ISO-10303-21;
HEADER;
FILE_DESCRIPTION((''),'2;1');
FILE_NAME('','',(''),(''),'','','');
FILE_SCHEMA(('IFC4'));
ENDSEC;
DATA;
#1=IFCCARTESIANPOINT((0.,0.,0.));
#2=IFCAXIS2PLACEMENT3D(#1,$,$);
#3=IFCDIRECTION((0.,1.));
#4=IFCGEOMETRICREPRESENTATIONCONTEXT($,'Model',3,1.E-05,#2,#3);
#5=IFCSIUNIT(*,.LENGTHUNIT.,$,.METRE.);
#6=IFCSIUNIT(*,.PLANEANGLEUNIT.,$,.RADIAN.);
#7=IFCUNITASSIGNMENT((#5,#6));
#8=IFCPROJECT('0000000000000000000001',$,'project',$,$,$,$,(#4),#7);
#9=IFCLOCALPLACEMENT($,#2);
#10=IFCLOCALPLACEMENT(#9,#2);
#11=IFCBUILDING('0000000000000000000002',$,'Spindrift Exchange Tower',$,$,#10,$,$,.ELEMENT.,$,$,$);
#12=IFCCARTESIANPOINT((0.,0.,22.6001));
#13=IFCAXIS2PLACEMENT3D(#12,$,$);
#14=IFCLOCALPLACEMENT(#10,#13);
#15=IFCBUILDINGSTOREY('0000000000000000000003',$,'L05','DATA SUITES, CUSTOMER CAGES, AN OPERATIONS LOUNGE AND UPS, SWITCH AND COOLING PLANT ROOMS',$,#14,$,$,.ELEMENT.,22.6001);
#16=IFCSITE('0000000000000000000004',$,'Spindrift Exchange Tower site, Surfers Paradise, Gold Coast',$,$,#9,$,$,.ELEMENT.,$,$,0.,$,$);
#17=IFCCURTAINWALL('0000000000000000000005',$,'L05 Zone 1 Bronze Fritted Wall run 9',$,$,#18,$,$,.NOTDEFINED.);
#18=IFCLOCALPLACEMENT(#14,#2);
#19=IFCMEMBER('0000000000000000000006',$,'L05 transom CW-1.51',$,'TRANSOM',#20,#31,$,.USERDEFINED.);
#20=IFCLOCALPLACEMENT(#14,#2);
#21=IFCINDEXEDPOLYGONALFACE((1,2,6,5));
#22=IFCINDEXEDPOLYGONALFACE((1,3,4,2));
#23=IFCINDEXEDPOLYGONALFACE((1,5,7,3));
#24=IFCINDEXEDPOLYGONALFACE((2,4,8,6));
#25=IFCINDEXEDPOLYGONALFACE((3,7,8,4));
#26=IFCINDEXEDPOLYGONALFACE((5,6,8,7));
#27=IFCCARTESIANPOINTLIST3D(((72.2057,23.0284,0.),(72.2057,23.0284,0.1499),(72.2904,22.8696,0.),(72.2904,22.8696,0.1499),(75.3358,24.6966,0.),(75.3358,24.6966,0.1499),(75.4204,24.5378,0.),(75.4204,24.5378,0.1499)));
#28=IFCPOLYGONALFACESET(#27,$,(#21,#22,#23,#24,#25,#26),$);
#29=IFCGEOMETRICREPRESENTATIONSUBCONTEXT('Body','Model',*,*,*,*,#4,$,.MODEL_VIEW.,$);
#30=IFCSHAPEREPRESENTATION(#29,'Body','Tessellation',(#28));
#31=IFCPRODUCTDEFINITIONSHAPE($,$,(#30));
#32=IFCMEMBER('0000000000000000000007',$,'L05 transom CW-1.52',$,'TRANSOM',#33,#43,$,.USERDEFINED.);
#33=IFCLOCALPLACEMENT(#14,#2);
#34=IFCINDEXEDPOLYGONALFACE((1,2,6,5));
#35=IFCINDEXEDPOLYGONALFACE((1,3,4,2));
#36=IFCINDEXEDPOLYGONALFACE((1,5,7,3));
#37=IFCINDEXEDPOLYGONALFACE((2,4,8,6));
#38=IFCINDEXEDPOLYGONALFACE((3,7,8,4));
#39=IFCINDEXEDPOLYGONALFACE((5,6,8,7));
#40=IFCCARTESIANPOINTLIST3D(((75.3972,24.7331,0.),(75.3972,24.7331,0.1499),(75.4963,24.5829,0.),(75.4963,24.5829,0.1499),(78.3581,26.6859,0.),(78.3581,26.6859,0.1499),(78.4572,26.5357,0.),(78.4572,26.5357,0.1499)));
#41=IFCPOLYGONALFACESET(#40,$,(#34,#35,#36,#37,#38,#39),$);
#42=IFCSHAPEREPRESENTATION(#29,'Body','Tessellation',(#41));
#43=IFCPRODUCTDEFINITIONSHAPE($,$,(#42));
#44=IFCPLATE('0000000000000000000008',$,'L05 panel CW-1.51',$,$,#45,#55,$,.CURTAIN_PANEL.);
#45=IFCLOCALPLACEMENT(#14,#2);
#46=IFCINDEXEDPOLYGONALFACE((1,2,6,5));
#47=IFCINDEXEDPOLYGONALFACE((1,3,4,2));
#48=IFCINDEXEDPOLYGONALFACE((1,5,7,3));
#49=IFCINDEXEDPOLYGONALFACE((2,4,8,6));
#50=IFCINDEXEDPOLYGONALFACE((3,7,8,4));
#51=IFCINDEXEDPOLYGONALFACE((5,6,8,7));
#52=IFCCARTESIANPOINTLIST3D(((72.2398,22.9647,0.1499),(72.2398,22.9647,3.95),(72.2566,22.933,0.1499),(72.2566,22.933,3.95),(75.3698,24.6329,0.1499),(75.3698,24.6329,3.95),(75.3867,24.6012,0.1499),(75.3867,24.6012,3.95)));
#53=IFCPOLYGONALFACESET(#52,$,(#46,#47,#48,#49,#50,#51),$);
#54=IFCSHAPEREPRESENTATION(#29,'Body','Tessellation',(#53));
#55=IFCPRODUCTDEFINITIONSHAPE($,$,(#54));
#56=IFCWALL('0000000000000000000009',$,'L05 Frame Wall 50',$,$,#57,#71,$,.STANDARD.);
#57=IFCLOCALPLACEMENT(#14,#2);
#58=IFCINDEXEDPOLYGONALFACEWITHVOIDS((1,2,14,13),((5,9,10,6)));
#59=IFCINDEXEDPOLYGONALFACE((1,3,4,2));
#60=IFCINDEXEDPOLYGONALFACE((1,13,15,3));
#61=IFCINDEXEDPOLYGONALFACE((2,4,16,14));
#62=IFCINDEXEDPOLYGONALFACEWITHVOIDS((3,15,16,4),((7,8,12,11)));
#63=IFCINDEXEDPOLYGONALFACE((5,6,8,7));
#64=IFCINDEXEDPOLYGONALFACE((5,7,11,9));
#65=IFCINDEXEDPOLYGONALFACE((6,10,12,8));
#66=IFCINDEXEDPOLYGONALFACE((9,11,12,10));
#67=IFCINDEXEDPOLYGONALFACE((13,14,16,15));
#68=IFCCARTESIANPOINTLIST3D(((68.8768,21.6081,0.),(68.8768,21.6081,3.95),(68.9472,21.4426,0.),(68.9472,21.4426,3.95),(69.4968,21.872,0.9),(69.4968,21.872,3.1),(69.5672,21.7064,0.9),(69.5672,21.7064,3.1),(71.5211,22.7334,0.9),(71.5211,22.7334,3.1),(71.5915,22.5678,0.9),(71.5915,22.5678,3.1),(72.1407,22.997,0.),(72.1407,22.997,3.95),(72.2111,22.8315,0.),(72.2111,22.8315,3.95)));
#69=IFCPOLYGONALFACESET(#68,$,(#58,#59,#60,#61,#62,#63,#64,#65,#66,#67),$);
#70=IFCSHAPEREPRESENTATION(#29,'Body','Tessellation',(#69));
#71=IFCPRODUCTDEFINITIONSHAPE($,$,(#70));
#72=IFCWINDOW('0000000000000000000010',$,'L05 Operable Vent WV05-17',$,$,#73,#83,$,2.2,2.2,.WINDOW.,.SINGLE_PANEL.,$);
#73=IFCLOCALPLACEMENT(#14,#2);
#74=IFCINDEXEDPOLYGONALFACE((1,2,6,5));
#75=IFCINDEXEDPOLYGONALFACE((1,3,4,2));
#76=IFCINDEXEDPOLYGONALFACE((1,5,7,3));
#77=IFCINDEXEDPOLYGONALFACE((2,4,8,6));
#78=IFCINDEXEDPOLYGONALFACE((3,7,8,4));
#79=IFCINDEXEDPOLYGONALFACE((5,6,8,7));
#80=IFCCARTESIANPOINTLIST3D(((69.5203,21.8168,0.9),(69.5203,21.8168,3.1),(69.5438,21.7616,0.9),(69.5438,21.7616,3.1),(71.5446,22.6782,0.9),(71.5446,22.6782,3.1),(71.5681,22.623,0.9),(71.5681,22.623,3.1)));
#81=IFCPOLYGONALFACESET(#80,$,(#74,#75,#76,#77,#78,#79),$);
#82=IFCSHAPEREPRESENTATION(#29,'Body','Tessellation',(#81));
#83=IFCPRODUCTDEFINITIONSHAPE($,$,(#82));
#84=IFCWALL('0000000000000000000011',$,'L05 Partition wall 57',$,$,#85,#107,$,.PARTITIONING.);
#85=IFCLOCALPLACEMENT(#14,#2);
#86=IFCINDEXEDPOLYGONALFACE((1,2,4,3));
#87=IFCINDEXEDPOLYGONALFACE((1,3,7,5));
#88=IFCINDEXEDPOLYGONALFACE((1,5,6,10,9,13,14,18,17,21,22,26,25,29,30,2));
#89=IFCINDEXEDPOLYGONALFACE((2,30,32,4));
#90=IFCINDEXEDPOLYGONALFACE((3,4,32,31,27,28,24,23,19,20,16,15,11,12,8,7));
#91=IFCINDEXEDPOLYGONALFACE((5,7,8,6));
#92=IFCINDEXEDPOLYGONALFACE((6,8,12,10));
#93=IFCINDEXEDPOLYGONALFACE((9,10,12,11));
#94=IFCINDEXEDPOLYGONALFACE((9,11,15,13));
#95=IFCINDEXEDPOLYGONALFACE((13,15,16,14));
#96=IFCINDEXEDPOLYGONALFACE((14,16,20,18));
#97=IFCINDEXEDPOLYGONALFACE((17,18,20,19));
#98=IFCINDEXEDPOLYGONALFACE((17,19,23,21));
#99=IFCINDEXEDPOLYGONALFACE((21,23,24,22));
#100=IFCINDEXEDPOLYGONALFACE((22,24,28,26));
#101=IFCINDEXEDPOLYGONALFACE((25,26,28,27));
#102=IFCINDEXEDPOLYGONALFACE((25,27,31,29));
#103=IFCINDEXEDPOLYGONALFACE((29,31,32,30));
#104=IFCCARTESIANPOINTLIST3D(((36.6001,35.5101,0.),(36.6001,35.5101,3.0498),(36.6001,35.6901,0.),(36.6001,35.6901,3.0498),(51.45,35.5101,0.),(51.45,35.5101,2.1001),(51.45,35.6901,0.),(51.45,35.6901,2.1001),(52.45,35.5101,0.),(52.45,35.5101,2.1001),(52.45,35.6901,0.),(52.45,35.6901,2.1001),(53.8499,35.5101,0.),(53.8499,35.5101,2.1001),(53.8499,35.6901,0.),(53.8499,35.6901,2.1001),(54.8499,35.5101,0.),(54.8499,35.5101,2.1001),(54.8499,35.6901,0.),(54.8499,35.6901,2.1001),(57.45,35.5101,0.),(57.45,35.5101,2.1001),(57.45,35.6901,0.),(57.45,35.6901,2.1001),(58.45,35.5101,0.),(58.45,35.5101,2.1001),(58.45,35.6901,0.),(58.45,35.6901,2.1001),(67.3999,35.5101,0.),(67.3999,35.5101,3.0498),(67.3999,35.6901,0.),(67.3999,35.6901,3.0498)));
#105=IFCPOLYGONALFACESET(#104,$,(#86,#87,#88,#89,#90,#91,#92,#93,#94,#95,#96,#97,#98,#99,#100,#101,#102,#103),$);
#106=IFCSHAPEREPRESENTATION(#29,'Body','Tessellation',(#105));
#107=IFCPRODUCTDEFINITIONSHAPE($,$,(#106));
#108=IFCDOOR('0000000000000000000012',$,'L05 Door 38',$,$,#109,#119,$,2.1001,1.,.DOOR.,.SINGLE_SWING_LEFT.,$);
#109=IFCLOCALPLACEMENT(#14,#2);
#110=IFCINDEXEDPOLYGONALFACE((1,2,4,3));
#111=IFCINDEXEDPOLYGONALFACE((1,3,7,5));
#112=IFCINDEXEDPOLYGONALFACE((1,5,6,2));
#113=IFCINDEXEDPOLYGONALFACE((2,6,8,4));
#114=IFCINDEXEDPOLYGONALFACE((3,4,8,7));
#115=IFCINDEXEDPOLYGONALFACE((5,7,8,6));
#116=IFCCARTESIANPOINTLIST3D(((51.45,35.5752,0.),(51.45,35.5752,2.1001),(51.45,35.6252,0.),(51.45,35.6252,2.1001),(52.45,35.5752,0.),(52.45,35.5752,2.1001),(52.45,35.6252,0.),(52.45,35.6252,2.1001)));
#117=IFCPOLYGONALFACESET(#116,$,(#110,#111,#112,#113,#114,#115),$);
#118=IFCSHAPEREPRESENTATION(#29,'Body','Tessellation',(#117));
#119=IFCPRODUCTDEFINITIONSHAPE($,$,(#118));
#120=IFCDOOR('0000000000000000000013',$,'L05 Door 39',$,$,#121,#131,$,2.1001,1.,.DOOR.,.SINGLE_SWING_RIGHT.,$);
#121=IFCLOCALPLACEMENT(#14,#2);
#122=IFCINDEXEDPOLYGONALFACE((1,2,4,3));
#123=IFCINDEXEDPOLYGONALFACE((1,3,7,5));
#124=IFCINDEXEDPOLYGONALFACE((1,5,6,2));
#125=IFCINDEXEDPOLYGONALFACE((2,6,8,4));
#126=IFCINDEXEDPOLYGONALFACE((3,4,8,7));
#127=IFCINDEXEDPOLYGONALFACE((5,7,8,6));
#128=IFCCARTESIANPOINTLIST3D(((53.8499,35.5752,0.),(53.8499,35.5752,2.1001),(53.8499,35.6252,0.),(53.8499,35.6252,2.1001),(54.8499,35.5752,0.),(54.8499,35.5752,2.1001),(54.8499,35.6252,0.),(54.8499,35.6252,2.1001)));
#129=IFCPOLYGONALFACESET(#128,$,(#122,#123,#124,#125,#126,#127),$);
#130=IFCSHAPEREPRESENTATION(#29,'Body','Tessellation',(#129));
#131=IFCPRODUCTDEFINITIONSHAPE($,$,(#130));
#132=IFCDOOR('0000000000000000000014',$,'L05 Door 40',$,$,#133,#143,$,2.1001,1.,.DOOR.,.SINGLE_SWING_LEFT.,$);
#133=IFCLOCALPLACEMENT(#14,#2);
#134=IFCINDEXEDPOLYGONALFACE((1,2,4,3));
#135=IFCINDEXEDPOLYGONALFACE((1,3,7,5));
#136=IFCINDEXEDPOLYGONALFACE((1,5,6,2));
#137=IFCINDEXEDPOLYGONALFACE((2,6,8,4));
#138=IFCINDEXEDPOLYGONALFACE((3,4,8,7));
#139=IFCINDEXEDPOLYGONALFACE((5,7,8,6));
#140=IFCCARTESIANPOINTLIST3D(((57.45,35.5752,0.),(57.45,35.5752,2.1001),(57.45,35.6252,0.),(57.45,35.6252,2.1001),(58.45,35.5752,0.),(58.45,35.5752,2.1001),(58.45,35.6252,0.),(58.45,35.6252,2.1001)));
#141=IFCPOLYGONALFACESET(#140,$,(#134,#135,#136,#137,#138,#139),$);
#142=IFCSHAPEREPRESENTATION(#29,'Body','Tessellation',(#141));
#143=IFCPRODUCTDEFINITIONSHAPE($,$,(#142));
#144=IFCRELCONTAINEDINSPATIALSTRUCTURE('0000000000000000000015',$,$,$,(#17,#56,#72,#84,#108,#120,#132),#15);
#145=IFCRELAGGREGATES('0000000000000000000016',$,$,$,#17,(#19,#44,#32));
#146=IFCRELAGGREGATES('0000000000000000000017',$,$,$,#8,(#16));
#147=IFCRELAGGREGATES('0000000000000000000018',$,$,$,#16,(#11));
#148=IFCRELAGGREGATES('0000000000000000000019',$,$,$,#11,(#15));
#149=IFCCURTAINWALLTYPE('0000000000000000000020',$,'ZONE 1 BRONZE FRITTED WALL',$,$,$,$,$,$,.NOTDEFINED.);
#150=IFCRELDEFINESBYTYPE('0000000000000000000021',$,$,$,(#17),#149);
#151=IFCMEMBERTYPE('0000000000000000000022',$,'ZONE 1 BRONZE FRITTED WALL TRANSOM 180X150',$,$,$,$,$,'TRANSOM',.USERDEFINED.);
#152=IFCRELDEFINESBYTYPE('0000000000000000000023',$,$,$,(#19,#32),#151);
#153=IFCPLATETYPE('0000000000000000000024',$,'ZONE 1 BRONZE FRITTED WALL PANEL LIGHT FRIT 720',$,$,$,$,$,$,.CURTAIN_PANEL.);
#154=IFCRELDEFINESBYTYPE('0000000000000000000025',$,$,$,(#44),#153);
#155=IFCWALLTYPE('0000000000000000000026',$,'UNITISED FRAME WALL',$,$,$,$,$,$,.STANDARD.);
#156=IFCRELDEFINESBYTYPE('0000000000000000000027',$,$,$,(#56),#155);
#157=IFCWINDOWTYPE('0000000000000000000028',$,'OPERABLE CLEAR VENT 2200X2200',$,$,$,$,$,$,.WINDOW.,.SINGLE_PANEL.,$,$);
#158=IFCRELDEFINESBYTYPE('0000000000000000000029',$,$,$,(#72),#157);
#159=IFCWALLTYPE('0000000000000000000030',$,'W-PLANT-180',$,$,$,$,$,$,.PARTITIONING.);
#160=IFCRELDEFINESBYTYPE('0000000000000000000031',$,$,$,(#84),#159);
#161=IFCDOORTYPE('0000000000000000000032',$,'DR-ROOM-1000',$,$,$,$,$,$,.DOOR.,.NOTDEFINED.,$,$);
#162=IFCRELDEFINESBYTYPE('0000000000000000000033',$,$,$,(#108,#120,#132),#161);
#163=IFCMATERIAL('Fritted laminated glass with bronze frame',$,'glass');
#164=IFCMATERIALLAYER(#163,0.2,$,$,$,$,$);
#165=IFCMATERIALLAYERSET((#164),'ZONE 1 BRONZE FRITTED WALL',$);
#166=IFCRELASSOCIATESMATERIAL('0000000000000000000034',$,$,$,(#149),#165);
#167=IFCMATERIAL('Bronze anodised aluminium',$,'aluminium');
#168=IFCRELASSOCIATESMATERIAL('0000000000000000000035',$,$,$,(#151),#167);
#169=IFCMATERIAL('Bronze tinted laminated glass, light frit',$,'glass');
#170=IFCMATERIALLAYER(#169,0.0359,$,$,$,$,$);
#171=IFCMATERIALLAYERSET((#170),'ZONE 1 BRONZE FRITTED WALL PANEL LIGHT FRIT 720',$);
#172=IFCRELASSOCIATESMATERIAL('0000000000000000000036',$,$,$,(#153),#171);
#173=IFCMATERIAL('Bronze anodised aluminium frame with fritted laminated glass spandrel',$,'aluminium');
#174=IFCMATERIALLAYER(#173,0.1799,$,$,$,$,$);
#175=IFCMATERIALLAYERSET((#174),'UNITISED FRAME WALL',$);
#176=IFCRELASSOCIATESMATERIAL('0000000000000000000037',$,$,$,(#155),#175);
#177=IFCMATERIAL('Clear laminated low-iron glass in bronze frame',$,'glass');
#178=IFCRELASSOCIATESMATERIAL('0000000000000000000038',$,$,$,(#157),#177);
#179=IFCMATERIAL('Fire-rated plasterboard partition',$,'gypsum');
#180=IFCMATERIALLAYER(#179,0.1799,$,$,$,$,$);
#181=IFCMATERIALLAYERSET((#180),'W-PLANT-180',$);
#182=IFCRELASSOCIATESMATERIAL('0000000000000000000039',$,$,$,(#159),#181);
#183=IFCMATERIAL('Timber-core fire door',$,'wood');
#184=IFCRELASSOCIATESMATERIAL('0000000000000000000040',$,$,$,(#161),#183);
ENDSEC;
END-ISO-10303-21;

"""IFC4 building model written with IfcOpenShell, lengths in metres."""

from ifc_helpers import new_model, si_unit, direction, frame, frame_2d, origin, origin_2d, place, context, subcontext, project, spatial, rectangle, extrude, source, transform, mapped, material, layer, layer_set, material_profile, profile_set, type_object, element, fill, aggregate, save


model = new_model("IFC4")

# Units and contexts
model_context = context("Model", 3, precision=1e-05, world=origin(), true_north=direction((0.0, 1.0)))
body_context = subcontext(model_context, "Body", "Model", "MODEL_VIEW")
ifc_project = project(units=[si_unit("LENGTHUNIT", "METRE"), si_unit("PLANEANGLEUNIT", "RADIAN")], contexts=[model_context])

# Site, building, storey
site_placement = place(None, origin())
site = spatial("IfcSite", under=ifc_project, at=site_placement, Name="Spindrift Exchange Tower site, Surfers Paradise, Gold Coast", CompositionType="ELEMENT", RefElevation=0.0)
building_placement = place(site_placement, origin())
building = spatial("IfcBuilding", under=site, at=building_placement, Name="Spindrift Exchange Tower", CompositionType="ELEMENT")
storey_placement = place(building_placement, frame((0.0, 0.0, 22.6001)))
storey = spatial("IfcBuildingStorey", under=building, at=storey_placement, Name="L05", Description="DATA SUITES, CUSTOMER CAGES, AN OPERATIONS LOUNGE AND UPS, SWITCH AND COOLING PLANT ROOMS", CompositionType="ELEMENT", Elevation=22.6001)

# Curtain wall, members, plate
ifc_material_1 = material(Name="Fritted laminated glass with bronze frame", Category="glass")
ifc_layer_1 = layer(ifc_material_1, 0.2)
ifc_layer_set_1 = layer_set([ifc_layer_1], Name="ZONE 1 BRONZE FRITTED WALL")
curtain_wall_type = type_object("IfcCurtainWallType", Name="ZONE 1 BRONZE FRITTED WALL", PredefinedType="NOTDEFINED", material=ifc_layer_set_1)
curtain_wall_placement = place(storey_placement, origin())
curtain_wall = element("IfcCurtainWall", 1, at=curtain_wall_placement, inside=storey, type_object=curtain_wall_type, Name="L05 Zone 1 Bronze Fritted Wall run 9", PredefinedType="NOTDEFINED")
ifc_material_2 = material(Name="Bronze anodised aluminium", Category="aluminium")
ifc_material_profile_1 = material_profile(ifc_material_2, rectangle(XDim=0.1799, YDim=0.1499, at=origin_2d()), Name="ZONE 1 BRONZE FRITTED WALL TRANSOM 180X150")
ifc_profile_set_1 = profile_set([ifc_material_profile_1], Name="Bronze anodised aluminium")
member_type_1 = type_object("IfcMemberType", Name="ZONE 1 BRONZE FRITTED WALL TRANSOM 180X150", ElementType="TRANSOM", PredefinedType="USERDEFINED", material=ifc_profile_set_1)
shared_shape_1 = source(origin(), body_context, "Body", "SweptSolid", [
    extrude(rectangle(XDim=0.1799, YDim=0.1499, at=origin_2d()), origin(), (0.0, 0.0, 1.0), 3.5469),
])
member_1_placement = place(storey_placement, frame((72.248, 22.949, 0.075), z_axis=(0.882492, 0.470327, 0.0), x_axis=(-0.470327, 0.882492, 0.0)))
member_1 = element("IfcMember", 2, at=member_1_placement, type_object=member_type_1, Name="L05 transom CW-1.51", ObjectType="TRANSOM", PredefinedType="USERDEFINED", context=body_context, shape_type="MappedRepresentation", body=[
    mapped(shared_shape_1, transform((0.0, 0.0, 0.0), scale=1.0)),
])
member_2_placement = place(storey_placement, frame((75.4468, 24.658, 0.075), z_axis=(0.834783, 0.550579, 0.0), x_axis=(-0.550579, 0.834783, 0.0)))
member_2 = element("IfcMember", 3, at=member_2_placement, type_object=member_type_1, Name="L05 transom CW-1.52", ObjectType="TRANSOM", PredefinedType="USERDEFINED", context=body_context, shape_type="MappedRepresentation", body=[
    mapped(shared_shape_1, transform((0.0, 0.0, 0.0), scale=1.0)),
])
ifc_material_3 = material(Name="Bronze tinted laminated glass, light frit", Category="glass")
ifc_layer_2 = layer(ifc_material_3, 0.0359)
ifc_layer_set_2 = layer_set([ifc_layer_2], Name="ZONE 1 BRONZE FRITTED WALL PANEL LIGHT FRIT 720")
plate_type = type_object("IfcPlateType", Name="ZONE 1 BRONZE FRITTED WALL PANEL LIGHT FRIT 720", PredefinedType="CURTAIN_PANEL", material=ifc_layer_set_2)
shared_shape_2 = source(origin(), body_context, "Body", "SweptSolid", [
    extrude(rectangle(XDim=3.5469, YDim=0.0359, at=origin_2d()), origin(), (0.0, 0.0, 1.0), 3.8),
])
plate_placement = place(storey_placement, frame((73.8132, 23.783, 0.1499), z_axis=(0.0, 0.0, 1.0), x_axis=(0.882483, 0.470344, 0.0)))
plate = element("IfcPlate", 4, at=plate_placement, type_object=plate_type, Name="L05 panel CW-1.51", PredefinedType="CURTAIN_PANEL", context=body_context, shape_type="MappedRepresentation", body=[
    mapped(shared_shape_2, transform((0.0, 0.0, 0.0), scale=1.0)),
])
aggregate(curtain_wall, [member_1, plate, member_2])

# Wall, opening, window
ifc_material_4 = material(Name="Bronze anodised aluminium frame with fritted laminated glass spandrel", Category="aluminium")
ifc_layer_3 = layer(ifc_material_4, 0.1799)
ifc_layer_set_3 = layer_set([ifc_layer_3], Name="UNITISED FRAME WALL")
wall_type_1 = type_object("IfcWallType", Name="UNITISED FRAME WALL", PredefinedType="STANDARD", material=ifc_layer_set_3)
wall_1_placement = place(storey_placement, frame((68.9121, 21.5254, 0.0), z_axis=(0.0, 0.0, 1.0), x_axis=(0.920153, 0.391559, 0.0)))
wall_1 = element("IfcWall", 5, at=wall_1_placement, inside=storey, type_object=wall_type_1, Name="L05 Frame Wall 50", PredefinedType="STANDARD", context=body_context, shape_type="SweptSolid", body=[
    extrude(rectangle(XDim=3.5471, YDim=0.1799, at=frame_2d((1.7734, 0.0))), origin(), (0.0, 0.0, 1.0), 3.95),
])
opening_1_placement = place(wall_1_placement, frame((0.6736, 0.0, 0.8999)))
opening_1 = element("IfcOpeningElement", 6, at=opening_1_placement, cuts=wall_1, PredefinedType="OPENING", context=body_context, shape_type="SweptSolid", body=[
    extrude(rectangle(XDim=2.2, YDim=2.2, at=frame_2d((1.1001, 1.1001))), frame((0.0, 0.0999, 0.0), z_axis=(0.0, -1.0, 0.0), x_axis=(1.0, 0.0, 0.0)), (0.0, 0.0, 1.0), 0.2),
])
ifc_material_5 = material(Name="Clear laminated low-iron glass in bronze frame", Category="glass")
window_type = type_object("IfcWindowType", Name="OPERABLE CLEAR VENT 2200X2200", PartitioningType="SINGLE_PANEL", PredefinedType="WINDOW", material=ifc_material_5)
shared_shape_3 = source(origin(), body_context, "Body", "SweptSolid", [
    extrude(rectangle(XDim=2.2, YDim=2.2, at=frame_2d((1.1001, 1.1001))), frame((0.0, 0.03, 0.0), z_axis=(0.0, -1.0, 0.0), x_axis=(1.0, 0.0, 0.0)), (0.0, 0.0, 1.0), 0.0601),
])
window_placement = place(opening_1_placement, origin())
window = element("IfcWindow", 7, at=window_placement, inside=storey, type_object=window_type, Name="L05 Operable Vent WV05-17", OverallHeight=2.2, OverallWidth=2.2, PartitioningType="SINGLE_PANEL", PredefinedType="WINDOW", context=body_context, shape_type="MappedRepresentation", body=[
    mapped(shared_shape_3, transform((0.0, 0.0, 0.0), scale=1.0)),
])
fill(opening_1, window)

# Wall, openings, doors
ifc_material_6 = material(Name="Fire-rated plasterboard partition", Category="gypsum")
ifc_layer_4 = layer(ifc_material_6, 0.1799)
ifc_layer_set_4 = layer_set([ifc_layer_4], Name="W-PLANT-180")
wall_type_2 = type_object("IfcWallType", Name="W-PLANT-180", PredefinedType="PARTITIONING", material=ifc_layer_set_4)
wall_2_placement = place(storey_placement, frame((67.3999, 35.6001, 0.0), z_axis=(0.0, 0.0, 1.0), x_axis=(-1.0, 0.0, 0.0)))
wall_2 = element("IfcWall", 8, at=wall_2_placement, inside=storey, type_object=wall_type_2, Name="L05 Partition wall 57", PredefinedType="PARTITIONING", context=body_context, shape_type="SweptSolid", body=[
    extrude(rectangle(XDim=30.7998, YDim=0.1799, at=frame_2d((15.3999, 0.0))), origin(), (0.0, 0.0, 1.0), 3.0498),
])
opening_2_placement = place(wall_2_placement, frame((14.95, 0.0, 0.0)))
opening_2 = element("IfcOpeningElement", 9, at=opening_2_placement, cuts=wall_2, PredefinedType="OPENING", context=body_context, shape_type="SweptSolid", body=[
    extrude(rectangle(XDim=1.0, YDim=2.1001, at=frame_2d((0.5, 1.05))), frame((0.0, 0.0999, 0.0), z_axis=(0.0, -1.0, 0.0), x_axis=(1.0, 0.0, 0.0)), (0.0, 0.0, 1.0), 0.2),
])
opening_3_placement = place(wall_2_placement, frame((12.55, 0.0, 0.0)))
opening_3 = element("IfcOpeningElement", 10, at=opening_3_placement, cuts=wall_2, PredefinedType="OPENING", context=body_context, shape_type="SweptSolid", body=[
    extrude(rectangle(XDim=1.0, YDim=2.1001, at=frame_2d((0.5, 1.05))), frame((0.0, 0.0999, 0.0), z_axis=(0.0, -1.0, 0.0), x_axis=(1.0, 0.0, 0.0)), (0.0, 0.0, 1.0), 0.2),
])
opening_4_placement = place(wall_2_placement, frame((8.95, 0.0, 0.0)))
opening_4 = element("IfcOpeningElement", 11, at=opening_4_placement, cuts=wall_2, PredefinedType="OPENING", context=body_context, shape_type="SweptSolid", body=[
    extrude(rectangle(XDim=1.0, YDim=2.1001, at=frame_2d((0.5, 1.05))), frame((0.0, 0.0999, 0.0), z_axis=(0.0, -1.0, 0.0), x_axis=(1.0, 0.0, 0.0)), (0.0, 0.0, 1.0), 0.2),
])
ifc_material_7 = material(Name="Timber-core fire door", Category="wood")
door_type = type_object("IfcDoorType", Name="DR-ROOM-1000", OperationType="NOTDEFINED", PredefinedType="DOOR", material=ifc_material_7)
shared_shape_4 = source(origin(), body_context, "Body", "SweptSolid", [
    extrude(rectangle(XDim=1.0, YDim=2.1001, at=frame_2d((0.5, 1.05))), frame((0.0, 0.0249, 0.0), z_axis=(0.0, -1.0, 0.0), x_axis=(1.0, 0.0, 0.0)), (0.0, 0.0, 1.0), 0.05),
])
door_1_placement = place(opening_2_placement, origin())
door_1 = element("IfcDoor", 12, at=door_1_placement, inside=storey, type_object=door_type, Name="L05 Door 38", OperationType="SINGLE_SWING_LEFT", OverallHeight=2.1001, OverallWidth=1.0, PredefinedType="DOOR", context=body_context, shape_type="MappedRepresentation", body=[
    mapped(shared_shape_4, transform((0.0, 0.0, 0.0), scale=1.0)),
])
fill(opening_2, door_1)
door_2_placement = place(opening_3_placement, origin())
door_2 = element("IfcDoor", 13, at=door_2_placement, inside=storey, type_object=door_type, Name="L05 Door 39", OperationType="SINGLE_SWING_RIGHT", OverallHeight=2.1001, OverallWidth=1.0, PredefinedType="DOOR", context=body_context, shape_type="MappedRepresentation", body=[
    mapped(shared_shape_4, transform((0.0, 0.0, 0.0), scale=1.0)),
])
fill(opening_3, door_2)
door_3_placement = place(opening_4_placement, origin())
door_3 = element("IfcDoor", 14, at=door_3_placement, inside=storey, type_object=door_type, Name="L05 Door 40", OperationType="SINGLE_SWING_LEFT", OverallHeight=2.1001, OverallWidth=1.0, PredefinedType="DOOR", context=body_context, shape_type="MappedRepresentation", body=[
    mapped(shared_shape_4, transform((0.0, 0.0, 0.0), scale=1.0)),
])
fill(opening_4, door_3)

save(model, "model.ifc")
